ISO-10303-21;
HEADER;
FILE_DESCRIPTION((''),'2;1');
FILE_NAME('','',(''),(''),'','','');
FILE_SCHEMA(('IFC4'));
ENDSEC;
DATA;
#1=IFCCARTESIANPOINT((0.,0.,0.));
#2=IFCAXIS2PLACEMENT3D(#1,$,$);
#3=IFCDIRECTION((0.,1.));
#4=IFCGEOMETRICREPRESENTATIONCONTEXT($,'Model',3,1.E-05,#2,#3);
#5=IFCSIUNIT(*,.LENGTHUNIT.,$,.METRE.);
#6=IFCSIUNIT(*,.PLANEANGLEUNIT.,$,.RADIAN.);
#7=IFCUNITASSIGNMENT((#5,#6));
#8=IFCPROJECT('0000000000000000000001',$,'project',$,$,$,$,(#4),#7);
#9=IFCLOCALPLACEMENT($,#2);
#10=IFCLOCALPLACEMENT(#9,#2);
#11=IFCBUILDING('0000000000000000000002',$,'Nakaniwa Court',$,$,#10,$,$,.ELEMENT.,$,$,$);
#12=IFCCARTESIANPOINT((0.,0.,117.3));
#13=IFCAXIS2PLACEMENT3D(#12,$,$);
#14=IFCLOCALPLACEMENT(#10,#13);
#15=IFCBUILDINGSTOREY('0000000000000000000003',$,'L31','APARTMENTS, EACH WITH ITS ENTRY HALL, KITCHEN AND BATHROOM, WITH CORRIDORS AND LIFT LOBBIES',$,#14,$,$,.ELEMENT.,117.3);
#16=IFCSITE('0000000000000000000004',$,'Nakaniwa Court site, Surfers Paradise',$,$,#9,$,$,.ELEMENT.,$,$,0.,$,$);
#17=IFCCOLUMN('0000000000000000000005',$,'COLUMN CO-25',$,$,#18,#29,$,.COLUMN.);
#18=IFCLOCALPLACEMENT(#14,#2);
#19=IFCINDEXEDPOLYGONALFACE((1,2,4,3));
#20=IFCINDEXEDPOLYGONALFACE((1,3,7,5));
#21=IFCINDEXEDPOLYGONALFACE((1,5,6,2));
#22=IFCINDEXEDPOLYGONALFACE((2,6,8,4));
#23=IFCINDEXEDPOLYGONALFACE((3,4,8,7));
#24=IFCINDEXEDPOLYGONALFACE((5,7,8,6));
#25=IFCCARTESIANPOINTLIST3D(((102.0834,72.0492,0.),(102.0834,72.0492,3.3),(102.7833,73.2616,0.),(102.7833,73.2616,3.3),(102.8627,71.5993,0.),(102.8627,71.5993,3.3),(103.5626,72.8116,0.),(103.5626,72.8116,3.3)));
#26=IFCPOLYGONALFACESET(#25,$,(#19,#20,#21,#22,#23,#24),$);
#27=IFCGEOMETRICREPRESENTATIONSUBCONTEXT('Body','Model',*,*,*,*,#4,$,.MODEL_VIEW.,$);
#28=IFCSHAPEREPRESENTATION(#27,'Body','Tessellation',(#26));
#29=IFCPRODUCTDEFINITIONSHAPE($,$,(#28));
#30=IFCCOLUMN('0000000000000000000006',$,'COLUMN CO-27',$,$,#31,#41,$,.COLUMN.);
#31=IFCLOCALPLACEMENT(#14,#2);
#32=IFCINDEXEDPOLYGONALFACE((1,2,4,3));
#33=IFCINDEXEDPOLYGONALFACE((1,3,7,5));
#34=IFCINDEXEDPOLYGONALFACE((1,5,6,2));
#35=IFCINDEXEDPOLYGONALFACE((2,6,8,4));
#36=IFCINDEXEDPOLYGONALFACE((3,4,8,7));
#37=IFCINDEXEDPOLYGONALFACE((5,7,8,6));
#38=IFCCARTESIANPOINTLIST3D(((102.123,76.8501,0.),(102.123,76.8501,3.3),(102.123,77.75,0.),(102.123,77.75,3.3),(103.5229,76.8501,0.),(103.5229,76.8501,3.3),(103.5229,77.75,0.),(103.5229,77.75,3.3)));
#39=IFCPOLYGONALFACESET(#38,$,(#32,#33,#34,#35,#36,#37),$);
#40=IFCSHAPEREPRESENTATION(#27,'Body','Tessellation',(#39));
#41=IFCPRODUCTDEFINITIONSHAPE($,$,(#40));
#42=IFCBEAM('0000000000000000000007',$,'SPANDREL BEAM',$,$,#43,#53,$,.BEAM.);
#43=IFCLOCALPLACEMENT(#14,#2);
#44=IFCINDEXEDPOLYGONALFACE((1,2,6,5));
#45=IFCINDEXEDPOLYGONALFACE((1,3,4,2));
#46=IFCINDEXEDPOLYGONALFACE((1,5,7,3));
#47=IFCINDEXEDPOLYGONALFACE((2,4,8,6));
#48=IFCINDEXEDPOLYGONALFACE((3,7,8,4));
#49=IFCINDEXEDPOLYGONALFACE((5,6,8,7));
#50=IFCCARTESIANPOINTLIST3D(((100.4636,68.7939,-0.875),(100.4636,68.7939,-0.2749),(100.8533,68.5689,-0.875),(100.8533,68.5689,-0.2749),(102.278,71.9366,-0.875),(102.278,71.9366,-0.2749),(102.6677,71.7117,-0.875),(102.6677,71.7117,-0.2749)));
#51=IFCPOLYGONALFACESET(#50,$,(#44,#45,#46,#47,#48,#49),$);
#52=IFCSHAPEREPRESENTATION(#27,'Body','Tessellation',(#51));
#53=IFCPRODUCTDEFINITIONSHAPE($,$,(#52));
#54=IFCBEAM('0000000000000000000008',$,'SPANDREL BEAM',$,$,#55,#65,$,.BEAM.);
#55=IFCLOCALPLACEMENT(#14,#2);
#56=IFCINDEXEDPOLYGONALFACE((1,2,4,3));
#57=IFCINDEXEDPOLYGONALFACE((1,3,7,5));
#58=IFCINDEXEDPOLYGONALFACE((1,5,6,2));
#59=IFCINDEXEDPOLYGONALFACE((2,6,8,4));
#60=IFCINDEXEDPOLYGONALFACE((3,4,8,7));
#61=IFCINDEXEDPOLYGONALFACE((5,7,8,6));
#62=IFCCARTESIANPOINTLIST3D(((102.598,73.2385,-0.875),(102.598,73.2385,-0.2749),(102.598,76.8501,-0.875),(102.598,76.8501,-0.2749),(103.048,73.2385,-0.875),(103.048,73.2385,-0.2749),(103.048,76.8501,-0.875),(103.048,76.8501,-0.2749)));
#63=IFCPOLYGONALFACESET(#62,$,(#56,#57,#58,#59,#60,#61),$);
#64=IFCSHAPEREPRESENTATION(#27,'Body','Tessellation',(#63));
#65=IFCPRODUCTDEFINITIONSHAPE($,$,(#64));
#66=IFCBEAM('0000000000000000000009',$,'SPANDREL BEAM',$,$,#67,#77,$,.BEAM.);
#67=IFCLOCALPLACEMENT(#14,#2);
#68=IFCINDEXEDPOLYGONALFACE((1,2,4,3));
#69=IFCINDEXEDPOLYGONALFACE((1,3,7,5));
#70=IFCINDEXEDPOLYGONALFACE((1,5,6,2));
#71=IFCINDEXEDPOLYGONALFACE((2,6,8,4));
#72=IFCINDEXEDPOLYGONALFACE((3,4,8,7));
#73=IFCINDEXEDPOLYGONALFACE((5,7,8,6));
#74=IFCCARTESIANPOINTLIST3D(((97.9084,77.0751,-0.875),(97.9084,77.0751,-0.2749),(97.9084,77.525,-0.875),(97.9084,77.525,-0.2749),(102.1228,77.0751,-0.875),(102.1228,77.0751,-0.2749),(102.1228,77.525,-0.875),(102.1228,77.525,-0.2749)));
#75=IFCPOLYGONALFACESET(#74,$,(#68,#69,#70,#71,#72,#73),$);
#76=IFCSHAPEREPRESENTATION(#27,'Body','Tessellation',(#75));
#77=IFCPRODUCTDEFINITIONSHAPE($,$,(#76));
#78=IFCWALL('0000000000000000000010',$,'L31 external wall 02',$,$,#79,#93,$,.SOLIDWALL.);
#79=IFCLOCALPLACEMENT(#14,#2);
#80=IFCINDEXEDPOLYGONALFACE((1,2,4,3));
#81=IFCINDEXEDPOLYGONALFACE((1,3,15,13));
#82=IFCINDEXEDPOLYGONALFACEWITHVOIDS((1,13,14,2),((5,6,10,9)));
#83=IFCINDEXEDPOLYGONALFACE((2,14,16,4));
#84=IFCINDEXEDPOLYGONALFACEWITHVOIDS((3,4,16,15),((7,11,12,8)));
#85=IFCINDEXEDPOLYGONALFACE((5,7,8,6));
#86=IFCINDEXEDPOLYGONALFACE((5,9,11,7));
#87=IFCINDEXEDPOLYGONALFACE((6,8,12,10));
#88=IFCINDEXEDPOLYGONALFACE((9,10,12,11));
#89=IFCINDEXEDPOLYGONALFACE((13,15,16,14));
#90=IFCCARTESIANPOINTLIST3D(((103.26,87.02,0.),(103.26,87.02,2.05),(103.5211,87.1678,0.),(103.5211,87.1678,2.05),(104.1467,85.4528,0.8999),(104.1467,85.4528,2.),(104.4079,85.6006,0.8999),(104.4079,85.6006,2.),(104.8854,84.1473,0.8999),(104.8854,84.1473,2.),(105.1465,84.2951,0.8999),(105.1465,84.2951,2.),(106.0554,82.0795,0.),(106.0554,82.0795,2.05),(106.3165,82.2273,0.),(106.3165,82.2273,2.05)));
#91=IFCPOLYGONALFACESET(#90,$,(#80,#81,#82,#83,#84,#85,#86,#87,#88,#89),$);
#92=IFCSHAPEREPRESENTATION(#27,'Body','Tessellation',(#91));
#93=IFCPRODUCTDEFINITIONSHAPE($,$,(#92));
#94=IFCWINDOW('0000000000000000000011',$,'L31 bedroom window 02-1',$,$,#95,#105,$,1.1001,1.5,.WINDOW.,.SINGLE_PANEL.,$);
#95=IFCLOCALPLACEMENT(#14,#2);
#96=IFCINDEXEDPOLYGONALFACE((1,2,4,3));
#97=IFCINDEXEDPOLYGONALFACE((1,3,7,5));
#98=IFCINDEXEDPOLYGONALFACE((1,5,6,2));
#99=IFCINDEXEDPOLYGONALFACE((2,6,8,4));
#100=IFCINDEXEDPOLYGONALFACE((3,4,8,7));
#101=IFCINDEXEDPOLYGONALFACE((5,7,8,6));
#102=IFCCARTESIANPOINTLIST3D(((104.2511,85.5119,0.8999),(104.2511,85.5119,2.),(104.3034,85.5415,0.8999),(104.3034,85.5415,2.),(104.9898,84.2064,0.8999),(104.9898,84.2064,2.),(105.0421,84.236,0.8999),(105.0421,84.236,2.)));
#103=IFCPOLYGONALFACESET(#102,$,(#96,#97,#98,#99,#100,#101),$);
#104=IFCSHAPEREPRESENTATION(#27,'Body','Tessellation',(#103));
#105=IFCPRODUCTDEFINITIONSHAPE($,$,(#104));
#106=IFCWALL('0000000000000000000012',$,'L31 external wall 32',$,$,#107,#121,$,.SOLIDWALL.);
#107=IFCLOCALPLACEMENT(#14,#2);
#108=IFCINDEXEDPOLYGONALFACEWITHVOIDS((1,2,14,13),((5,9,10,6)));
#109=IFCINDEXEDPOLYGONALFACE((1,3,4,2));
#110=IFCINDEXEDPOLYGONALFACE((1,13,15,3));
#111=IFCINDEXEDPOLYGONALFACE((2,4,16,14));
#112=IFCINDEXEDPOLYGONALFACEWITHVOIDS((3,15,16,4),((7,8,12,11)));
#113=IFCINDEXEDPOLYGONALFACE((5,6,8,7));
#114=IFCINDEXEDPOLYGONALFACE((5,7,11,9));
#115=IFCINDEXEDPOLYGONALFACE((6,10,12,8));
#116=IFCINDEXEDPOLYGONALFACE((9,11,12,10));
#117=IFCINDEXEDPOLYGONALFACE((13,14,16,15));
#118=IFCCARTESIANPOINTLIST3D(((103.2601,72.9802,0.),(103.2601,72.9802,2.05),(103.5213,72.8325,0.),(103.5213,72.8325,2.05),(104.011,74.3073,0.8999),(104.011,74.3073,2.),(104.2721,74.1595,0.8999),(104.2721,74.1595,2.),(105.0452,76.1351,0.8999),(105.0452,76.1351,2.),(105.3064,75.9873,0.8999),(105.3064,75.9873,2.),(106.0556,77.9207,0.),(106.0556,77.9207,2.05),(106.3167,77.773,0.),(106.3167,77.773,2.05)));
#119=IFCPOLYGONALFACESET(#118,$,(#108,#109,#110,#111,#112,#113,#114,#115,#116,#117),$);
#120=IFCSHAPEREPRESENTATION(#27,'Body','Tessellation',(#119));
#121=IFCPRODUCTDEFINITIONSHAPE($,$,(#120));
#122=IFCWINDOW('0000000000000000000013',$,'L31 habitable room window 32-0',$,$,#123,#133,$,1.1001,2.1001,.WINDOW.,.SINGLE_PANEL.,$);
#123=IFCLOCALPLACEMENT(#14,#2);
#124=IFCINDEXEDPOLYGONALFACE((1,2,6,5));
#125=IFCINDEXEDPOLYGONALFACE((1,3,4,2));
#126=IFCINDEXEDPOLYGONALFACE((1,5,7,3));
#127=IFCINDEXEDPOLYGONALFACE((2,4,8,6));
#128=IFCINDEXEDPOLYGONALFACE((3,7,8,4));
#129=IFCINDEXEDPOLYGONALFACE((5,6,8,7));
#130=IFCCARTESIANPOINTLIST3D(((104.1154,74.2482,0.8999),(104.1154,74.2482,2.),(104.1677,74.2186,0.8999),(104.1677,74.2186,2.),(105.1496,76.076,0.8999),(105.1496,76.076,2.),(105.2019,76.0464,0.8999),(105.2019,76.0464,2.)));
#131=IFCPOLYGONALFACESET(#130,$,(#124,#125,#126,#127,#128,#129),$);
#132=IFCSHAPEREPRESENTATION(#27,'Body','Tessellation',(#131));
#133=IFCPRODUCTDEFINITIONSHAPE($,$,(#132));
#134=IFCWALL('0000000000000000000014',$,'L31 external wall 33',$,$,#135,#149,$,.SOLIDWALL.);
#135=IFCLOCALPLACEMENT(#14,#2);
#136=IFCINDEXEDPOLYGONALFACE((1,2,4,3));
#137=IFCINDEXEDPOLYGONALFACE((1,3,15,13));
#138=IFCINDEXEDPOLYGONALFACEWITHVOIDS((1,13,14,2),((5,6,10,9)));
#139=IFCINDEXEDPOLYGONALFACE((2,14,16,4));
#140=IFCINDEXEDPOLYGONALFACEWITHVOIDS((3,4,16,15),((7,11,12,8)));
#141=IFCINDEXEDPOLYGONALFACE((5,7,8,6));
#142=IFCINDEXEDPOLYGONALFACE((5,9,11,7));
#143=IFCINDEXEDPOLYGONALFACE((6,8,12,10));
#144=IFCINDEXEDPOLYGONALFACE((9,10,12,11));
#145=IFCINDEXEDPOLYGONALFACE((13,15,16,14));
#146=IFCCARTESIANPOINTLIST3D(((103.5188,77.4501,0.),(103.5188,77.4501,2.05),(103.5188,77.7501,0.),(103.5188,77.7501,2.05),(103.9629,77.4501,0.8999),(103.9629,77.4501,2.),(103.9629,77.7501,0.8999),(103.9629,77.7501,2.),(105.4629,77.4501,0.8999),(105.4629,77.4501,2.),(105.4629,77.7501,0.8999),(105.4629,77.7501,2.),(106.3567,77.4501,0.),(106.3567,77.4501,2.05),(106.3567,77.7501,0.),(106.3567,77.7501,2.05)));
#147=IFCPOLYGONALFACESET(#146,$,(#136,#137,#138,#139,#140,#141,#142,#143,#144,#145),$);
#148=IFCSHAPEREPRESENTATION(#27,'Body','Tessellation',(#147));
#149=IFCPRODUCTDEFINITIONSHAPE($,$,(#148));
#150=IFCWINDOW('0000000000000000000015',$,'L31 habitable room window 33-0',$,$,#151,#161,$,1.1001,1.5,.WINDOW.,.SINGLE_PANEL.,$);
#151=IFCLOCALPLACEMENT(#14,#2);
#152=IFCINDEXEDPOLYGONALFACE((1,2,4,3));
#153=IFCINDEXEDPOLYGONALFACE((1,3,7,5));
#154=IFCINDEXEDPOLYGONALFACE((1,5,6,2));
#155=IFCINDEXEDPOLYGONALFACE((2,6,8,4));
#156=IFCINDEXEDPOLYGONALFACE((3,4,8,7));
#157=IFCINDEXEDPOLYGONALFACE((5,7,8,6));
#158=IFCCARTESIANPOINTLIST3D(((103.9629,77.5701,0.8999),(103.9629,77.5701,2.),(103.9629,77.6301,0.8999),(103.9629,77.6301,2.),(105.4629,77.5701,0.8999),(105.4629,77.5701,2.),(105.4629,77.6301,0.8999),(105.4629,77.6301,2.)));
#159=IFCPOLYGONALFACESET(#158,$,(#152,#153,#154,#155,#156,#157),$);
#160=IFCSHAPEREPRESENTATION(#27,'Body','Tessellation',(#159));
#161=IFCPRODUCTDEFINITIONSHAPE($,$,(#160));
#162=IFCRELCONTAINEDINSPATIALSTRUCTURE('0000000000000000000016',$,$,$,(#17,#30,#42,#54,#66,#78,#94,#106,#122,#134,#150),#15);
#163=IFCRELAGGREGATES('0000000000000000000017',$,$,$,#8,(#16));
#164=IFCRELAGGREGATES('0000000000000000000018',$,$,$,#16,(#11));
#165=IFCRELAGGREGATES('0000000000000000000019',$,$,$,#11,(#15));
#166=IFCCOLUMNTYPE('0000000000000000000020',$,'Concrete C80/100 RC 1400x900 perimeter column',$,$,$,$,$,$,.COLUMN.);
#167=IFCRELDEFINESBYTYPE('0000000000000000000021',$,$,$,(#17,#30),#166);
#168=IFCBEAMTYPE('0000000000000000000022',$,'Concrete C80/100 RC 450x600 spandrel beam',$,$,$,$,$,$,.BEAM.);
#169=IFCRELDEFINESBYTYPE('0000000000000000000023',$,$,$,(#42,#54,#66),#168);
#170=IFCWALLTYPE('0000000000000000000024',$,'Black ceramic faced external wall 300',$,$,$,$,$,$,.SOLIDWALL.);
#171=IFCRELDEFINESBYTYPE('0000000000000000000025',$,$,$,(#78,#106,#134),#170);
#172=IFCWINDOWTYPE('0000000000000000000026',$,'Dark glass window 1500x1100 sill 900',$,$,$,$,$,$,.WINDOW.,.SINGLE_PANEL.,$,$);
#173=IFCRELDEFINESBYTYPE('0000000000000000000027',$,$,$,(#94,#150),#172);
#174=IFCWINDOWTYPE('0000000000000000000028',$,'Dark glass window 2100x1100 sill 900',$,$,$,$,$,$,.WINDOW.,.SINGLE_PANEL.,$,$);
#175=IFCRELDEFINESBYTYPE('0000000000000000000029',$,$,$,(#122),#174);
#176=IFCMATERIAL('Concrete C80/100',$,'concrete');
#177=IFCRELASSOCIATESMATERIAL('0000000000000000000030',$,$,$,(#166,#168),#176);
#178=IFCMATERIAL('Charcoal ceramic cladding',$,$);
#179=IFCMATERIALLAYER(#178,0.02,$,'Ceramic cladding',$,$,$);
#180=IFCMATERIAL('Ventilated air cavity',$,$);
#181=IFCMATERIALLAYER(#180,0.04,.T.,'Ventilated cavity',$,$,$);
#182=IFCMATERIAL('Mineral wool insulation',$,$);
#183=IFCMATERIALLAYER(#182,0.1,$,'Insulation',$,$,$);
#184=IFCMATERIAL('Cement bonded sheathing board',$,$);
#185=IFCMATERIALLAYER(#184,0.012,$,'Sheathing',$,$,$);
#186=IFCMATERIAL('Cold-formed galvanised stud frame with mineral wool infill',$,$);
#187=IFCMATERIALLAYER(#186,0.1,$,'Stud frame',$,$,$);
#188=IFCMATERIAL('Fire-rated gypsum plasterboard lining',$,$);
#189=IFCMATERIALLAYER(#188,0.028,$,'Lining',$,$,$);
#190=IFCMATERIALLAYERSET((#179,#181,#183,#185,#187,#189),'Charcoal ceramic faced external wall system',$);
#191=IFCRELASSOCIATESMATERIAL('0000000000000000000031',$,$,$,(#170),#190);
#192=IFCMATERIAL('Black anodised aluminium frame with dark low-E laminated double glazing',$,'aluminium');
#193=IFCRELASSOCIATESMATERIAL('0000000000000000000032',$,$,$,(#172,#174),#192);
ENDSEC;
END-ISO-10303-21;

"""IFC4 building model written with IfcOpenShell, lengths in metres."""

from ifc_helpers import new_model, si_unit, direction, frame, frame_2d, origin, origin_2d, place, context, subcontext, project, spatial, rectangle, extrude, material, layer, layer_set, material_profile, profile_set, type_object, element, fill, save


model = new_model("IFC4")

# Units and contexts
model_context = context("Model", 3, precision=1e-05, world=origin(), true_north=direction((0.0, 1.0)))
body_context = subcontext(model_context, "Body", "Model", "MODEL_VIEW")
ifc_project = project(units=[si_unit("LENGTHUNIT", "METRE"), si_unit("PLANEANGLEUNIT", "RADIAN")], contexts=[model_context])

# Site, building, storey
site_placement = place(None, origin())
site = spatial("IfcSite", under=ifc_project, at=site_placement, Name="Nakaniwa Court site, Surfers Paradise", CompositionType="ELEMENT", RefElevation=0.0)
building_placement = place(site_placement, origin())
building = spatial("IfcBuilding", under=site, at=building_placement, Name="Nakaniwa Court", CompositionType="ELEMENT")
storey_placement = place(building_placement, frame((0.0, 0.0, 117.3)))
storey = spatial("IfcBuildingStorey", under=building, at=storey_placement, Name="L31", Description="APARTMENTS, EACH WITH ITS ENTRY HALL, KITCHEN AND BATHROOM, WITH CORRIDORS AND LIFT LOBBIES", CompositionType="ELEMENT", Elevation=117.3)

# Columns
ifc_material_1 = material(Name="Concrete C80/100", Category="concrete")
ifc_material_profile_1 = material_profile(ifc_material_1, rectangle(XDim=1.3999, YDim=0.8999, at=origin_2d()), Name="Concrete C80/100 RC 1400x900 perimeter column")
ifc_profile_set_1 = profile_set([ifc_material_profile_1], Name="Concrete C80/100")
column_type = type_object("IfcColumnType", Name="Concrete C80/100 RC 1400x900 perimeter column", PredefinedType="COLUMN", material=ifc_profile_set_1)
for number, where, z_axis, x_axis, name in (
    (1, (102.823, 72.4304, 0.0), (0.0, 0.0, 1.0), (0.5, 0.866025, 0.0), "COLUMN CO-25"),
    (2, (102.823, 77.3, 0.0), (0.0, 0.0, 1.0), (-1.0, 0.0, 0.0), "COLUMN CO-27"),
):
    element("IfcColumn", number, at=place(storey_placement, frame(where, z_axis=z_axis, x_axis=x_axis)), inside=storey, type_object=column_type, Name=name, PredefinedType="COLUMN", context=body_context, shape_type="SweptSolid", body=[
        extrude(rectangle(XDim=1.3999, YDim=0.8999, at=origin_2d()), origin(), (0.0, 0.0, 1.0), 3.3),
    ])

# Beams
ifc_material_profile_2 = material_profile(ifc_material_1, rectangle(XDim=0.45, YDim=0.6001, at=origin_2d()), Name="Concrete C80/100 RC 450x600 spandrel beam")
ifc_profile_set_2 = profile_set([ifc_material_profile_2], Name="Concrete C80/100")
beam_type = type_object("IfcBeamType", Name="Concrete C80/100 RC 450x600 spandrel beam", PredefinedType="BEAM", material=ifc_profile_set_2)
beam_1_placement = place(storey_placement, frame((100.6584, 68.6814, -0.575), z_axis=(0.499988, 0.866032, 0.0), x_axis=(-0.866032, 0.499988, 0.0)))
element("IfcBeam", 3, at=beam_1_placement, inside=storey, type_object=beam_type, Name="SPANDREL BEAM", PredefinedType="BEAM", context=body_context, shape_type="SweptSolid", body=[
    extrude(rectangle(XDim=0.45, YDim=0.6001, at=origin_2d()), origin(), (0.0, 0.0, 1.0), 3.6289),
])
beam_2_placement = place(storey_placement, frame((102.823, 73.2385, -0.575), z_axis=(0.0, 1.0, 0.0), x_axis=(-1.0, 0.0, 0.0)))
element("IfcBeam", 4, at=beam_2_placement, inside=storey, type_object=beam_type, Name="SPANDREL BEAM", PredefinedType="BEAM", context=body_context, shape_type="SweptSolid", body=[
    extrude(rectangle(XDim=0.45, YDim=0.6001, at=origin_2d()), origin(), (0.0, 0.0, 1.0), 3.6116),
])
beam_3_placement = place(storey_placement, frame((102.1228, 77.3, -0.575), z_axis=(-1.0, 0.0, 0.0), x_axis=(0.0, -1.0, 0.0)))
element("IfcBeam", 5, at=beam_3_placement, inside=storey, type_object=beam_type, Name="SPANDREL BEAM", PredefinedType="BEAM", context=body_context, shape_type="SweptSolid", body=[
    extrude(rectangle(XDim=0.45, YDim=0.6001, at=origin_2d()), origin(), (0.0, 0.0, 1.0), 4.2144),
])

# Walls, openings, windows
ifc_material_2 = material(Name="Charcoal ceramic cladding")
ifc_layer_1 = layer(ifc_material_2, 0.02, Name="Ceramic cladding")
ifc_material_3 = material(Name="Ventilated air cavity")
ifc_layer_2 = layer(ifc_material_3, 0.04, ventilated=True, Name="Ventilated cavity")
ifc_material_4 = material(Name="Mineral wool insulation")
ifc_layer_3 = layer(ifc_material_4, 0.1, Name="Insulation")
ifc_material_5 = material(Name="Cement bonded sheathing board")
ifc_layer_4 = layer(ifc_material_5, 0.012, Name="Sheathing")
ifc_material_6 = material(Name="Cold-formed galvanised stud frame with mineral wool infill")
ifc_layer_5 = layer(ifc_material_6, 0.1, Name="Stud frame")
ifc_material_7 = material(Name="Fire-rated gypsum plasterboard lining")
ifc_layer_6 = layer(ifc_material_7, 0.028, Name="Lining")
ifc_layer_set = layer_set([ifc_layer_1, ifc_layer_2, ifc_layer_3, ifc_layer_4, ifc_layer_5, ifc_layer_6], Name="Charcoal ceramic faced external wall system")
wall_type = type_object("IfcWallType", Name="Black ceramic faced external wall 300", PredefinedType="SOLIDWALL", material=ifc_layer_set)
wall_1_placement = place(storey_placement, frame((106.186, 82.1533, 0.0), z_axis=(0.0, 0.0, 1.0), x_axis=(-0.492457, 0.870337, 0.0)))
wall_1 = element("IfcWall", 6, at=wall_1_placement, inside=storey, type_object=wall_type, Name="L31 external wall 02", PredefinedType="SOLIDWALL", context=body_context, shape_type="SweptSolid", body=[
    extrude(rectangle(XDim=5.6765, YDim=0.3, at=frame_2d((2.8384, 0.0))), origin(), (0.0, 0.0, 1.0), 2.05),
])
opening_1_placement = place(wall_1_placement, frame((2.376, 0.0, 0.8999)))
opening_1 = element("IfcOpeningElement", 7, at=opening_1_placement, cuts=wall_1, PredefinedType="OPENING", context=body_context, shape_type="SweptSolid", body=[
    extrude(rectangle(XDim=1.5, YDim=1.1001, at=frame_2d((0.75, 0.55))), frame((0.0, 0.1599, 0.0), z_axis=(0.0, -1.0, 0.0), x_axis=(1.0, 0.0, 0.0)), (0.0, 0.0, 1.0), 0.3201),
])
ifc_material_8 = material(Name="Black anodised aluminium frame with dark low-E laminated double glazing", Category="aluminium")
window_type_1 = type_object("IfcWindowType", Name="Dark glass window 1500x1100 sill 900", PartitioningType="SINGLE_PANEL", PredefinedType="WINDOW", material=ifc_material_8)
window_1_placement = place(opening_1_placement, origin())
window_1 = element("IfcWindow", 8, at=window_1_placement, inside=storey, type_object=window_type_1, Name="L31 bedroom window 02-1", OverallHeight=1.1001, OverallWidth=1.5, PartitioningType="SINGLE_PANEL", PredefinedType="WINDOW", context=body_context, shape_type="SweptSolid", body=[
    extrude(rectangle(XDim=1.5, YDim=1.1001, at=frame_2d((0.75, 0.55))), frame((0.0, 0.03, 0.0), z_axis=(0.0, -1.0, 0.0), x_axis=(1.0, 0.0, 0.0)), (0.0, 0.0, 1.0), 0.0601),
])
fill(opening_1, window_1)
wall_2_placement = place(storey_placement, frame((103.3906, 72.9062, 0.0), z_axis=(0.0, 0.0, 1.0), x_axis=(0.492457, 0.870337, 0.0)))
wall_2 = element("IfcWall", 9, at=wall_2_placement, inside=storey, type_object=wall_type, Name="L31 external wall 32", PredefinedType="SOLIDWALL", context=body_context, shape_type="SweptSolid", body=[
    extrude(rectangle(XDim=5.6765, YDim=0.3, at=frame_2d((2.8384, 0.0))), origin(), (0.0, 0.0, 1.0), 2.05),
])
opening_2_placement = place(wall_2_placement, frame((1.5249, 0.0, 0.8999)))
opening_2 = element("IfcOpeningElement", 10, at=opening_2_placement, cuts=wall_2, PredefinedType="OPENING", context=body_context, shape_type="SweptSolid", body=[
    extrude(rectangle(XDim=2.1001, YDim=1.1001, at=frame_2d((1.05, 0.55))), frame((0.0, 0.1599, 0.0), z_axis=(0.0, -1.0, 0.0), x_axis=(1.0, 0.0, 0.0)), (0.0, 0.0, 1.0), 0.3201),
])
window_type_2 = type_object("IfcWindowType", Name="Dark glass window 2100x1100 sill 900", PartitioningType="SINGLE_PANEL", PredefinedType="WINDOW", material=ifc_material_8)
window_2_placement = place(opening_2_placement, origin())
window_2 = element("IfcWindow", 11, at=window_2_placement, inside=storey, type_object=window_type_2, Name="L31 habitable room window 32-0", OverallHeight=1.1001, OverallWidth=2.1001, PartitioningType="SINGLE_PANEL", PredefinedType="WINDOW", context=body_context, shape_type="SweptSolid", body=[
    extrude(rectangle(XDim=2.1001, YDim=1.1001, at=frame_2d((1.05, 0.55))), frame((0.0, 0.03, 0.0), z_axis=(0.0, -1.0, 0.0), x_axis=(1.0, 0.0, 0.0)), (0.0, 0.0, 1.0), 0.0601),
])
fill(opening_2, window_2)
wall_3_placement = place(storey_placement, frame((106.3567, 77.6001, 0.0), z_axis=(0.0, 0.0, 1.0), x_axis=(-1.0, 0.0, 0.0)))
wall_3 = element("IfcWall", 12, at=wall_3_placement, inside=storey, type_object=wall_type, Name="L31 external wall 33", PredefinedType="SOLIDWALL", context=body_context, shape_type="SweptSolid", body=[
    extrude(rectangle(XDim=2.8379, YDim=0.3, at=frame_2d((1.4189, 0.0))), origin(), (0.0, 0.0, 1.0), 2.05),
])
opening_3_placement = place(wall_3_placement, frame((0.8938, 0.0, 0.8999)))
opening_3 = element("IfcOpeningElement", 13, at=opening_3_placement, cuts=wall_3, PredefinedType="OPENING", context=body_context, shape_type="SweptSolid", body=[
    extrude(rectangle(XDim=1.5, YDim=1.1001, at=frame_2d((0.75, 0.55))), frame((0.0, 0.1599, 0.0), z_axis=(0.0, -1.0, 0.0), x_axis=(1.0, 0.0, 0.0)), (0.0, 0.0, 1.0), 0.3201),
])
window_3_placement = place(opening_3_placement, origin())
window_3 = element("IfcWindow", 14, at=window_3_placement, inside=storey, type_object=window_type_1, Name="L31 habitable room window 33-0", OverallHeight=1.1001, OverallWidth=1.5, PartitioningType="SINGLE_PANEL", PredefinedType="WINDOW", context=body_context, shape_type="SweptSolid", body=[
    extrude(rectangle(XDim=1.5, YDim=1.1001, at=frame_2d((0.75, 0.55))), frame((0.0, 0.03, 0.0), z_axis=(0.0, -1.0, 0.0), x_axis=(1.0, 0.0, 0.0)), (0.0, 0.0, 1.0), 0.0601),
])
fill(opening_3, window_3)

save(model, "model.ifc")
